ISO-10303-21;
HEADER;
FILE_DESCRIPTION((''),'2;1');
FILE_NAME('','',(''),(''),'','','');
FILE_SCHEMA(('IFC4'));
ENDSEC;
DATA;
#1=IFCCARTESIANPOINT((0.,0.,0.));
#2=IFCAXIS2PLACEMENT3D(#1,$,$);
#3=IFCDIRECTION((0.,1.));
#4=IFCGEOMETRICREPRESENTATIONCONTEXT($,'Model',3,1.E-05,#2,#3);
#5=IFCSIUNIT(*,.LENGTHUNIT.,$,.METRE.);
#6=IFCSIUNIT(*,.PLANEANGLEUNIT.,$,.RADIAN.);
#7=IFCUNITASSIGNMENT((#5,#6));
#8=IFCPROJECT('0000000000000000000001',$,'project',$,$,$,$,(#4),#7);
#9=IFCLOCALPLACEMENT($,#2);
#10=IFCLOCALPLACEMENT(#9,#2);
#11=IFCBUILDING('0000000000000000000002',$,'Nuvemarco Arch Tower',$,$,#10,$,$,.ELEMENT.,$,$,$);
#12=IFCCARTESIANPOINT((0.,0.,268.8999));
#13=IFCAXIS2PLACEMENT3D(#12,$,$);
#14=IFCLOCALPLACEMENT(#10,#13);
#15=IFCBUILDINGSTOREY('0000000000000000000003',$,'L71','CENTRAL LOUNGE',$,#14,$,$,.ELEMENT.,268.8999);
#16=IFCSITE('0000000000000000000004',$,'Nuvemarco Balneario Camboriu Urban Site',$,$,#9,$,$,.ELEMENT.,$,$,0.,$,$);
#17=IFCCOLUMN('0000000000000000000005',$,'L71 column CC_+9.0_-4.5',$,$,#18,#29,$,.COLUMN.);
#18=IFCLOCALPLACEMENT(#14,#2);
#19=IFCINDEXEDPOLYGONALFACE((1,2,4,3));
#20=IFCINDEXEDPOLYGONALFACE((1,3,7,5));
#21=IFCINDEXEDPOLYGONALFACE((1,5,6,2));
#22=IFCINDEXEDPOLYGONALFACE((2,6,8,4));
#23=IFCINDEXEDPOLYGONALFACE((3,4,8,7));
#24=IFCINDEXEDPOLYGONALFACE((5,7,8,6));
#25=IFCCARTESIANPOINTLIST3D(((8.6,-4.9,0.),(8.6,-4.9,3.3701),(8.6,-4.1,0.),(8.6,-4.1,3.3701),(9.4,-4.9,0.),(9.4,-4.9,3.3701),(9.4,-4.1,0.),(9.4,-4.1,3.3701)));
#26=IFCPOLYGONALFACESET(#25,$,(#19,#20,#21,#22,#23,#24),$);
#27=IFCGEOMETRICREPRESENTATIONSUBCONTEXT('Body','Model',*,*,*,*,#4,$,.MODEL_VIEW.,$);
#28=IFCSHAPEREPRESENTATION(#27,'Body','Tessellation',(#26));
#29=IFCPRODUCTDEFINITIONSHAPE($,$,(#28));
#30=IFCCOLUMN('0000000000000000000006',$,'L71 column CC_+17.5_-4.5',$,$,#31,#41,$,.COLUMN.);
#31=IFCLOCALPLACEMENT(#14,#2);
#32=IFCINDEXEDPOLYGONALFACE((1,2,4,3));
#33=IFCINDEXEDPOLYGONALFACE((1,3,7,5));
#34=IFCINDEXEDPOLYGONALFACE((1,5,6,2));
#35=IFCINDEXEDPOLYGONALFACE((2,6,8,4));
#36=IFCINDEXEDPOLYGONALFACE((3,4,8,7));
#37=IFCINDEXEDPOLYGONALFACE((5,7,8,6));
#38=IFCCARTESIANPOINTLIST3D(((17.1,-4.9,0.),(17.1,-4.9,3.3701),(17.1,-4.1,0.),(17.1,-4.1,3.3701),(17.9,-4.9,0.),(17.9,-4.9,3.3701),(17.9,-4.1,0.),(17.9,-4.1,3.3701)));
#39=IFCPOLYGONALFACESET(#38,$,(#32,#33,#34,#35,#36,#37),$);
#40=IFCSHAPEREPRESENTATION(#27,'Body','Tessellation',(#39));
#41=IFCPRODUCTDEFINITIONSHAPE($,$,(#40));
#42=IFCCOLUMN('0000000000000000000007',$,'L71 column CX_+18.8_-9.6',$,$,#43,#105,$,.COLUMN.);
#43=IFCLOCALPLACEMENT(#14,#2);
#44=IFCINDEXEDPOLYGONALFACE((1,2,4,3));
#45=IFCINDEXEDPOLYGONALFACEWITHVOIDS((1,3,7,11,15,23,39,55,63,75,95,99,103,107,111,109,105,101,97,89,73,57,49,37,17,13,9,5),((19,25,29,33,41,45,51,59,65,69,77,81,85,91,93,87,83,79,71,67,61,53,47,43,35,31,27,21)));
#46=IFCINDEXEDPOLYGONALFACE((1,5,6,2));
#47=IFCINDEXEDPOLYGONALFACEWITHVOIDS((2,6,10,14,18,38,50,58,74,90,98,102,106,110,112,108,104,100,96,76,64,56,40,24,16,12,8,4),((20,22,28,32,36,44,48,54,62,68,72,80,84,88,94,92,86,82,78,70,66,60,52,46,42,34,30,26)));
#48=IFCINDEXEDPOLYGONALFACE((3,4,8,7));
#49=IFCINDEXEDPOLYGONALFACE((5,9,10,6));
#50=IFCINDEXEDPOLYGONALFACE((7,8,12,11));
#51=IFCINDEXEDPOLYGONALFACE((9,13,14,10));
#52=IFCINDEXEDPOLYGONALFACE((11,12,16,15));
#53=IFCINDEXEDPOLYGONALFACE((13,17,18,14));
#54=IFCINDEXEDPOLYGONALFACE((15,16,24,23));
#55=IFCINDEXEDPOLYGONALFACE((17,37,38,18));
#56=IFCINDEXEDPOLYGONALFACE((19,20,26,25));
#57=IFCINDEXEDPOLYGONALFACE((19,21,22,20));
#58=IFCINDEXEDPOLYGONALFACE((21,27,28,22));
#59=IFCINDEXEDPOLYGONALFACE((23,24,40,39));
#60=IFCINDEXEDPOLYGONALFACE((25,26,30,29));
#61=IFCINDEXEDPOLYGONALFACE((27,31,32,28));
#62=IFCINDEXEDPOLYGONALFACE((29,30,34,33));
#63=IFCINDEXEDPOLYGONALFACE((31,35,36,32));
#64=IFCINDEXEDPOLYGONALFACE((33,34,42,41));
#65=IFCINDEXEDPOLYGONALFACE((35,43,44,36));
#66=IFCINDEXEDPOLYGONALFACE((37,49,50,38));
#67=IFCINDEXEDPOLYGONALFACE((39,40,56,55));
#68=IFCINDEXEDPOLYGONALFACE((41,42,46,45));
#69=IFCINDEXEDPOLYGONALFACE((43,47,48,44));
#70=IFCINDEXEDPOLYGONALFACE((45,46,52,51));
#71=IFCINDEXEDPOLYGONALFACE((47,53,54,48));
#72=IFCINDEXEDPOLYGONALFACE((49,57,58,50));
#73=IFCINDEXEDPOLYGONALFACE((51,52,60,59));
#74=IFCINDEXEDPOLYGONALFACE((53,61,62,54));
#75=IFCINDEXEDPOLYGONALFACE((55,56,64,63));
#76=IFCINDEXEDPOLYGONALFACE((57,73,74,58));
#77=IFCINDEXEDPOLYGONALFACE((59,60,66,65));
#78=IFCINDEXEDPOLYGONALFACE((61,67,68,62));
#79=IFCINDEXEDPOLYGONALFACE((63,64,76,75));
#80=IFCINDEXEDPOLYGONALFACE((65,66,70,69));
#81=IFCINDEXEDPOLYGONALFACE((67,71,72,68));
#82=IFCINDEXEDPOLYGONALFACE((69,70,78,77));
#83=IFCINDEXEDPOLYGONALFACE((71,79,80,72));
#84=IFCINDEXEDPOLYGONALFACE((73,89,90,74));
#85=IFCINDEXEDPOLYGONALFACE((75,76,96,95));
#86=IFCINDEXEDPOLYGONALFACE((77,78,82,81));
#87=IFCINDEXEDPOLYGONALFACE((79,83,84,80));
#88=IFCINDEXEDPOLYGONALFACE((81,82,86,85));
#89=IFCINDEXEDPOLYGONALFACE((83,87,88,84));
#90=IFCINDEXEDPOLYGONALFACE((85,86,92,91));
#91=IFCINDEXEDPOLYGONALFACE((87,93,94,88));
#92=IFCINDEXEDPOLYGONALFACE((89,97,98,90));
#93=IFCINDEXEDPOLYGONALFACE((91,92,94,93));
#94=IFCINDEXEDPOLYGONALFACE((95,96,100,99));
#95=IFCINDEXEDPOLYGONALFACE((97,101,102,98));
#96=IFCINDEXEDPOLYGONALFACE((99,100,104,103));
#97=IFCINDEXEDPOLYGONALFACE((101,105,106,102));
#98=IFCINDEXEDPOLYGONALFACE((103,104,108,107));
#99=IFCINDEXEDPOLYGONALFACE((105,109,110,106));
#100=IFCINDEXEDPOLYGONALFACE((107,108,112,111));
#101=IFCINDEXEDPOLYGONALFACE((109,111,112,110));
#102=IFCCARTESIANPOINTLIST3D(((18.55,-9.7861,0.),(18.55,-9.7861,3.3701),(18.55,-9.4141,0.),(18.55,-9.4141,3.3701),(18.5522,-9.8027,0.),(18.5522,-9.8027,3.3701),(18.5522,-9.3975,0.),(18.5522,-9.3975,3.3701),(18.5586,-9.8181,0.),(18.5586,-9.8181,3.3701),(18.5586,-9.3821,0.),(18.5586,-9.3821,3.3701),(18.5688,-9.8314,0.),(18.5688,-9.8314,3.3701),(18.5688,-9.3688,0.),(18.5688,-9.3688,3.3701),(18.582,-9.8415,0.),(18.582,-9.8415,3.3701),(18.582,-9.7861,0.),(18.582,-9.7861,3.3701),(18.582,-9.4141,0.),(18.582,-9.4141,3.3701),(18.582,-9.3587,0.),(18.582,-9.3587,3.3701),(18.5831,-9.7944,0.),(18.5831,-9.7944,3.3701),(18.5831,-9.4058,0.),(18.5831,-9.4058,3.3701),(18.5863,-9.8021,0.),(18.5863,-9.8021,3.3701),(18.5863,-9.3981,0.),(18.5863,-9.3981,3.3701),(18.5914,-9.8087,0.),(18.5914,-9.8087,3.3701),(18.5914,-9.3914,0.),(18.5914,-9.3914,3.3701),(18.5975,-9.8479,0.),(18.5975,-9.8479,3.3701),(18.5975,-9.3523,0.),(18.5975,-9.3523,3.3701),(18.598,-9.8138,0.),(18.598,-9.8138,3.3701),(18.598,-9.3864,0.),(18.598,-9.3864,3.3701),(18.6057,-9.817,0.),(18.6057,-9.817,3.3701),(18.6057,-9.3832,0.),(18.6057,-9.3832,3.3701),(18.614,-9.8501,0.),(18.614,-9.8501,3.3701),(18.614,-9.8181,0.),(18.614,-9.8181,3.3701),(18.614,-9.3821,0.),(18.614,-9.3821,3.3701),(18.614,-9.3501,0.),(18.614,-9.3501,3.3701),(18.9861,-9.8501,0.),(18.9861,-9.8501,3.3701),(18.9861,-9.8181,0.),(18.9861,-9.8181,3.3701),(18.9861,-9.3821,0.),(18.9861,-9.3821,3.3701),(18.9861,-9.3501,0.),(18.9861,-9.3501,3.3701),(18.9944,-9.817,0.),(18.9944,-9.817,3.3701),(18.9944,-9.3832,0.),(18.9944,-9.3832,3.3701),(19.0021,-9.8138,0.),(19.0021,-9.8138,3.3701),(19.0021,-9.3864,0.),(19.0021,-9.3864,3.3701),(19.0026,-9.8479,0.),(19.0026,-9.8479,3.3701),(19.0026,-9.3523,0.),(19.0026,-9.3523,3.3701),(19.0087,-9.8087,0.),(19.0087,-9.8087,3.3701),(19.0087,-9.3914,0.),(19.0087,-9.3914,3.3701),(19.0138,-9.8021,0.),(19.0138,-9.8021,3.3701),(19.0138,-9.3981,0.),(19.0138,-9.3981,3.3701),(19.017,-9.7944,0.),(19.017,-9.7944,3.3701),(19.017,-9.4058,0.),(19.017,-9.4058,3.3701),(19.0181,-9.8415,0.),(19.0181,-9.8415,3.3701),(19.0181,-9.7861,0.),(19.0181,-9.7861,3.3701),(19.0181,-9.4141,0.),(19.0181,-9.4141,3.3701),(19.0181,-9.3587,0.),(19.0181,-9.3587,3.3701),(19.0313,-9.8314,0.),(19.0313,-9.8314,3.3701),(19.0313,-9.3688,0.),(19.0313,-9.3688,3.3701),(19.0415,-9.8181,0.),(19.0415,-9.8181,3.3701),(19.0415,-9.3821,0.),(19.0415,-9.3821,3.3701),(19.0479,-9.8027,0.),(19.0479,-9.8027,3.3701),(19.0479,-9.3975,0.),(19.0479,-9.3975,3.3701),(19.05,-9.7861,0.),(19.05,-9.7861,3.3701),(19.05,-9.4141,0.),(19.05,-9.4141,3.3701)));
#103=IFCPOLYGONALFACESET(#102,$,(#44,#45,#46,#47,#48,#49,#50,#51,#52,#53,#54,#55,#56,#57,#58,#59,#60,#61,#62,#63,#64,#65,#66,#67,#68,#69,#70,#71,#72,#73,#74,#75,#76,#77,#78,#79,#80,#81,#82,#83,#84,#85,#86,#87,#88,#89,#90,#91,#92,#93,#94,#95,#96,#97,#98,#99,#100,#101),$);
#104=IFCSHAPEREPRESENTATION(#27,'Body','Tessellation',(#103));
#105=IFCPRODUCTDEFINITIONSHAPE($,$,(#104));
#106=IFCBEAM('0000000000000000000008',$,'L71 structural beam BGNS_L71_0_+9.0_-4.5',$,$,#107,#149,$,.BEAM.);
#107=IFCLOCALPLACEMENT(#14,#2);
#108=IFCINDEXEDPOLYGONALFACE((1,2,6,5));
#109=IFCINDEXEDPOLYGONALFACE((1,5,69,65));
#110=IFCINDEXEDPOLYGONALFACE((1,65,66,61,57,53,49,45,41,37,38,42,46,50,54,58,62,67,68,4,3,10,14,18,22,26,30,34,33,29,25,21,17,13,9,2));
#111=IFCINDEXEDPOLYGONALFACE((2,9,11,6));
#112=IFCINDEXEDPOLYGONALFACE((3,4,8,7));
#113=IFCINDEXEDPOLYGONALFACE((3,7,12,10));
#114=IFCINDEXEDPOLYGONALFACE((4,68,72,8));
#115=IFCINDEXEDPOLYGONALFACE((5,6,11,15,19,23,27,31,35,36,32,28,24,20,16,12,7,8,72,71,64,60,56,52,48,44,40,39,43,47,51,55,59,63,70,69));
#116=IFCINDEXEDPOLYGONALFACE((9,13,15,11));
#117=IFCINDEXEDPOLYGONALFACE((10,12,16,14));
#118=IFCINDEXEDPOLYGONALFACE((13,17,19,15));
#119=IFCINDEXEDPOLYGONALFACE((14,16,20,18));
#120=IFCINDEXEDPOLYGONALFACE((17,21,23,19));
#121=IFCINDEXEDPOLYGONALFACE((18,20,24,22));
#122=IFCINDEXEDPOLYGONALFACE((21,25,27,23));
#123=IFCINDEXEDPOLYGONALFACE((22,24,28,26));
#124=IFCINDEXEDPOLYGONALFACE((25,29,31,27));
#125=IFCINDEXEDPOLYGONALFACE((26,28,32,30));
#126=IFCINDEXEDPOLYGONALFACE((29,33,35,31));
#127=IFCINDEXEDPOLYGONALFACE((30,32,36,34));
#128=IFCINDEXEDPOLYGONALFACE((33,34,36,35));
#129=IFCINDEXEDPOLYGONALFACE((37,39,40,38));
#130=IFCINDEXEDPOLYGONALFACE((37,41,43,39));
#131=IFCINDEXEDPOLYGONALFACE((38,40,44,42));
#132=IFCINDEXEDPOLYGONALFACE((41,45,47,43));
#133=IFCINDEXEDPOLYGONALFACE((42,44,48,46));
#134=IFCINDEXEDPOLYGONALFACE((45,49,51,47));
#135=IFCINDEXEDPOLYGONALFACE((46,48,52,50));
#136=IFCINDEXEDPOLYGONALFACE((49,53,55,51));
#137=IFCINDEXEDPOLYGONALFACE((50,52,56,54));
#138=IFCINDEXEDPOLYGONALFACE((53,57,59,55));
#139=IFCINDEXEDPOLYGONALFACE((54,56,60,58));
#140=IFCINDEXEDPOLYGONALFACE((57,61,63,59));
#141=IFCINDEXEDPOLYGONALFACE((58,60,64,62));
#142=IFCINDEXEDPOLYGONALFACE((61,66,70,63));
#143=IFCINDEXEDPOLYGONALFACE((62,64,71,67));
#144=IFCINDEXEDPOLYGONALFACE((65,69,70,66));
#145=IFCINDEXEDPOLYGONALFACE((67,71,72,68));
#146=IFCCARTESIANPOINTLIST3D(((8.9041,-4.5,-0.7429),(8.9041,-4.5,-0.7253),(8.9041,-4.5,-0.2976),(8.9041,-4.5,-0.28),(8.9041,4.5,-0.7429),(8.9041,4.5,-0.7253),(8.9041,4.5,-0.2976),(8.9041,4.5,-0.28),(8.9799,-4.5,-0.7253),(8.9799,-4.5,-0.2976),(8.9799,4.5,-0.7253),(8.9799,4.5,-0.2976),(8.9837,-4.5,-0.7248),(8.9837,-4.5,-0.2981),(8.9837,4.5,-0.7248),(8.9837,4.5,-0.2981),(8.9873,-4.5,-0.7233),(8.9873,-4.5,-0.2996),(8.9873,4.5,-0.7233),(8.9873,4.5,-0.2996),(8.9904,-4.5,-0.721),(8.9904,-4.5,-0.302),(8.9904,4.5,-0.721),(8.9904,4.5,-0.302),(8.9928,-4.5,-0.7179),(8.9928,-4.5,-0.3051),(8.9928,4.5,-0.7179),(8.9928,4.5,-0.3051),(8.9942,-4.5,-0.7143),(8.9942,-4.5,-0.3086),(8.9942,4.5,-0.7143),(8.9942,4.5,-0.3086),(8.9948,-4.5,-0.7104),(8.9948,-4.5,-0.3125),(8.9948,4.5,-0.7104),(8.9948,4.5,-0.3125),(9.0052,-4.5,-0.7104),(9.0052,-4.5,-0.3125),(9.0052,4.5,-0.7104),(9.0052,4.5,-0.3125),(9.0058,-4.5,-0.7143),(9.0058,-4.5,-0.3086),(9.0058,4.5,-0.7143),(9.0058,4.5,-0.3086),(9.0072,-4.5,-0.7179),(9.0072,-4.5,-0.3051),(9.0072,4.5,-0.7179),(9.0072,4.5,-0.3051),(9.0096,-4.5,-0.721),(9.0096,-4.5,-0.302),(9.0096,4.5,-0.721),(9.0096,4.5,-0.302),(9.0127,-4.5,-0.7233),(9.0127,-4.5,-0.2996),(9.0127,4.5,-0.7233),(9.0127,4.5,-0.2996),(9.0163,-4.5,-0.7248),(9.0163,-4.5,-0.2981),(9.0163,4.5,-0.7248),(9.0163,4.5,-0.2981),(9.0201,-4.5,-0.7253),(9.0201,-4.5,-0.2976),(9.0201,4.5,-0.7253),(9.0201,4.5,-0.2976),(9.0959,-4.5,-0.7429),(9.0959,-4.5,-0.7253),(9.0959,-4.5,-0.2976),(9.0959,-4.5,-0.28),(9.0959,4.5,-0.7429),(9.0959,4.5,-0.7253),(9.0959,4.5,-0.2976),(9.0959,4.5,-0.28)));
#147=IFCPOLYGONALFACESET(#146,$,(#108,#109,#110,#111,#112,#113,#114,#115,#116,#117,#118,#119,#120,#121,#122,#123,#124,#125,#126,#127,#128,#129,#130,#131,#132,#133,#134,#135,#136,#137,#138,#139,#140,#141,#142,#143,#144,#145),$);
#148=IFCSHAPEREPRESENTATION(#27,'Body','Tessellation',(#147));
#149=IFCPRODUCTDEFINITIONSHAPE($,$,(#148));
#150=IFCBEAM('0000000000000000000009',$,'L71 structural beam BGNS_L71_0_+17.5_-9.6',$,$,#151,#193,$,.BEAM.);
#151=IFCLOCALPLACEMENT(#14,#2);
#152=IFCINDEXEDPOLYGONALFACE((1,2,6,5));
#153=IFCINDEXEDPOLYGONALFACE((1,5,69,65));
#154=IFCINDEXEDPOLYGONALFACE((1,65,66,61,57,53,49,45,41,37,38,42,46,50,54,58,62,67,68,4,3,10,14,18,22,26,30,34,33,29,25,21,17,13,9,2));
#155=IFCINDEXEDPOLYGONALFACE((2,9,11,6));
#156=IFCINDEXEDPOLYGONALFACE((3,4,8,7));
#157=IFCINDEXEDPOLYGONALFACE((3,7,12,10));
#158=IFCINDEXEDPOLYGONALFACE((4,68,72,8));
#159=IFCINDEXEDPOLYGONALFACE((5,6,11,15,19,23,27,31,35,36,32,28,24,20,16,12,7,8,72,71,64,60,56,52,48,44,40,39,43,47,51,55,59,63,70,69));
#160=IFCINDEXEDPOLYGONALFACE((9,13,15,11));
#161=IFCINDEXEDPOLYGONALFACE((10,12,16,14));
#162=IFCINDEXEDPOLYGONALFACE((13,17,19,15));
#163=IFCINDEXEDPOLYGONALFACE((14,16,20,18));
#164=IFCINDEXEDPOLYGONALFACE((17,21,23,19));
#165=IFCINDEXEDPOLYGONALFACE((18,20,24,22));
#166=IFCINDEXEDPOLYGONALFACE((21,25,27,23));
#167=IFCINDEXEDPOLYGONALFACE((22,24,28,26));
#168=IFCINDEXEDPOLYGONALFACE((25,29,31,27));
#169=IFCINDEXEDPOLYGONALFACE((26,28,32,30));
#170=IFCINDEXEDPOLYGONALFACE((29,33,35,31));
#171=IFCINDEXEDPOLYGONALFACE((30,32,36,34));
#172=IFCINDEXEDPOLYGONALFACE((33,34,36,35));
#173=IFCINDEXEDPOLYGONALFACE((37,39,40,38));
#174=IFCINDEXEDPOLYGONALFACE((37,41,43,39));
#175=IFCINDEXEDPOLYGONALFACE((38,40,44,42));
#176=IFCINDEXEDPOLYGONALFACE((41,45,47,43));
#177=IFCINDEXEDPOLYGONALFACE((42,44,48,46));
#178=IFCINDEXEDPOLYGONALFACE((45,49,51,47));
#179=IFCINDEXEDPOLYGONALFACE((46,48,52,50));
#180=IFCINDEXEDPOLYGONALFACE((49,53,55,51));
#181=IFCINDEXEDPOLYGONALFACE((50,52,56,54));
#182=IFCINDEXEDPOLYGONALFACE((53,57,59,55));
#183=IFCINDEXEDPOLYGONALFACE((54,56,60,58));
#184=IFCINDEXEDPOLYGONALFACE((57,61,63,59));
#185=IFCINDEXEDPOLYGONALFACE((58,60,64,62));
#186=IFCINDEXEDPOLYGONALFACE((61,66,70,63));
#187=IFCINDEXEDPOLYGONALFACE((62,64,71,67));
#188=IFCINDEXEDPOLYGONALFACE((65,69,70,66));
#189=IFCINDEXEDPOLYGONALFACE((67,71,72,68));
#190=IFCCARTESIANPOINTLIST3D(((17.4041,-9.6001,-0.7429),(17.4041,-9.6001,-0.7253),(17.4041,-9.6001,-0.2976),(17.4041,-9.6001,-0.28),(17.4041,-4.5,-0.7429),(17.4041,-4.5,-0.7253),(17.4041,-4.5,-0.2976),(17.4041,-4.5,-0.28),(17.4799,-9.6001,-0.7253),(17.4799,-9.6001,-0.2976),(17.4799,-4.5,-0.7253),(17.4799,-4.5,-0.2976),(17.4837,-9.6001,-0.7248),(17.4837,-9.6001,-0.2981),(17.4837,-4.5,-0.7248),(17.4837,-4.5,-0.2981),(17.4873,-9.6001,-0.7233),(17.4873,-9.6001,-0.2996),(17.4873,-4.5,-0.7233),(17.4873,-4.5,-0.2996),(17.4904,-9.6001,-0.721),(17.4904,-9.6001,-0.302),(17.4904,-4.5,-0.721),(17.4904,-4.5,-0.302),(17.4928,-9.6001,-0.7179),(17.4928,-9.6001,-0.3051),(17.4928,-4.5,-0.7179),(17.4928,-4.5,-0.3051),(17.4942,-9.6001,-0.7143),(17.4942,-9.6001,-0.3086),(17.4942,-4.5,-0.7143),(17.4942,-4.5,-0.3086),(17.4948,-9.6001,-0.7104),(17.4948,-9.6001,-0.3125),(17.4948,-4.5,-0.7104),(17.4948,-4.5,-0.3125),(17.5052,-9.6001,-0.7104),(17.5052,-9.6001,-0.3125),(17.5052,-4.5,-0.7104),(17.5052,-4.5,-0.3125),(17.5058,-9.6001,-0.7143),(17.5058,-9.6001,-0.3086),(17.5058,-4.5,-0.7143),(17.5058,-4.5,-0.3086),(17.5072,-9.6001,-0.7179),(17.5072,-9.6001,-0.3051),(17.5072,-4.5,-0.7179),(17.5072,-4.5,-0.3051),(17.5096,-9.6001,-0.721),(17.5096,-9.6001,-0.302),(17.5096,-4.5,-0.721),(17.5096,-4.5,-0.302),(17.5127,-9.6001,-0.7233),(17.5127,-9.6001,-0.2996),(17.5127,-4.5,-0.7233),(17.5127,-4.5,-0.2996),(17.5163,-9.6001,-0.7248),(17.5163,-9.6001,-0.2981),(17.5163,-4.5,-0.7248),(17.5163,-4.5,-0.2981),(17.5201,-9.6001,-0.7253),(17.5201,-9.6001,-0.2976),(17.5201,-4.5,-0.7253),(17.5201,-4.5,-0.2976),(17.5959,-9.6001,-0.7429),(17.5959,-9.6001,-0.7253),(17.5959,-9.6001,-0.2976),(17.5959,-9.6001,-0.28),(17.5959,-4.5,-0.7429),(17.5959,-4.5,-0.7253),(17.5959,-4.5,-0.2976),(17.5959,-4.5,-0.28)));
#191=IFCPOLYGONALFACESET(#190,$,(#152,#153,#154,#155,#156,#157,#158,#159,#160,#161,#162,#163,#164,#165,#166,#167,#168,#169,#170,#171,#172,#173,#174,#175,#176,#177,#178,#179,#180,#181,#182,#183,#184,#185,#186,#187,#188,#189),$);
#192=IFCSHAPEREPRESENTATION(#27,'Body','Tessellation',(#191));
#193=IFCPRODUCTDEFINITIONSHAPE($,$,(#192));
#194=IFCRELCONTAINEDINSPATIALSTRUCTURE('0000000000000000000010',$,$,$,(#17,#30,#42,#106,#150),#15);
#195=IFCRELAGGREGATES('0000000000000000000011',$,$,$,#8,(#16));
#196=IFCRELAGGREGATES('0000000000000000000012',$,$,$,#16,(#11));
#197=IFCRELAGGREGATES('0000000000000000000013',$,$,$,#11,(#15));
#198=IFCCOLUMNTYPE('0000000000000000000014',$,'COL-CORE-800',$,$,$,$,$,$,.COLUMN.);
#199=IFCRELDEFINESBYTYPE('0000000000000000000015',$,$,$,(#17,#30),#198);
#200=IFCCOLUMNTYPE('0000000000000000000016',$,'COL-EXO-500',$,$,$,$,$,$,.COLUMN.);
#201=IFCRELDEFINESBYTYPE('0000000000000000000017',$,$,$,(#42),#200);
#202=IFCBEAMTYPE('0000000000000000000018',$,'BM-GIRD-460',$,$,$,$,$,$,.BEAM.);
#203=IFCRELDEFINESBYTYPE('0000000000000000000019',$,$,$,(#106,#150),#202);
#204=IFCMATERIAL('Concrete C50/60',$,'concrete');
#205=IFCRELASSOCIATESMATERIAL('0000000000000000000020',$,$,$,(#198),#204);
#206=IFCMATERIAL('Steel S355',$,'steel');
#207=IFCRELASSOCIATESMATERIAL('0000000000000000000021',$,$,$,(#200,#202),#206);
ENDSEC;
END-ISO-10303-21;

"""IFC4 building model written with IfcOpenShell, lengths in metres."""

from ifc_helpers import new_model, si_unit, direction, frame, origin, origin_2d, place, context, subcontext, project, spatial, rectangle, hollow_rectangle, i_section, extrude, material, material_profile, profile_set, type_object, element, save


model = new_model("IFC4")

# Units and contexts
model_context = context("Model", 3, precision=1e-05, world=origin(), true_north=direction((0.0, 1.0)))
body_context = subcontext(model_context, "Body", "Model", "MODEL_VIEW")
ifc_project = project(units=[si_unit("LENGTHUNIT", "METRE"), si_unit("PLANEANGLEUNIT", "RADIAN")], contexts=[model_context])

# Site, building, storey
site_placement = place(None, origin())
site = spatial("IfcSite", under=ifc_project, at=site_placement, Name="Nuvemarco Balneario Camboriu Urban Site", CompositionType="ELEMENT", RefElevation=0.0)
building_placement = place(site_placement, origin())
building = spatial("IfcBuilding", under=site, at=building_placement, Name="Nuvemarco Arch Tower", CompositionType="ELEMENT")
storey_placement = place(building_placement, frame((0.0, 0.0, 268.8999)))
storey = spatial("IfcBuildingStorey", under=building, at=storey_placement, Name="L71", Description="CENTRAL LOUNGE", CompositionType="ELEMENT", Elevation=268.8999)

# Columns
ifc_material_1 = material(Name="Concrete C50/60", Category="concrete")
ifc_material_profile_1 = material_profile(ifc_material_1, rectangle(XDim=0.8, YDim=0.8, at=origin_2d()), Name="RC-COL-800x800")
ifc_profile_set_1 = profile_set([ifc_material_profile_1], Name="Concrete C50/60")
column_type_1 = type_object("IfcColumnType", Name="COL-CORE-800", PredefinedType="COLUMN", material=ifc_profile_set_1)
for number, where, z_axis, x_axis, name in (
    (1, (9.0, -4.5, 0.0), (0.0, 0.0, 1.0), (1.0, 0.0, 0.0), "L71 column CC_+9.0_-4.5"),
    (2, (17.5, -4.5, 0.0), (0.0, 0.0, 1.0), (1.0, 0.0, 0.0), "L71 column CC_+17.5_-4.5"),
):
    element("IfcColumn", number, at=place(storey_placement, frame(where, z_axis=z_axis, x_axis=x_axis)), inside=storey, type_object=column_type_1, Name=name, PredefinedType="COLUMN", context=body_context, shape_type="SweptSolid", body=[
        extrude(rectangle(XDim=0.8, YDim=0.8, at=origin_2d()), origin(), (0.0, 0.0, 1.0), 3.3701),
    ])
ifc_material_2 = material(Name="Steel S355", Category="steel")
ifc_material_profile_2 = material_profile(ifc_material_2, hollow_rectangle(XDim=0.5, YDim=0.5, WallThickness=0.032, InnerFilletRadius=0.032, OuterFilletRadius=0.064, at=origin_2d()), Name="SHS500x500x32")
ifc_profile_set_2 = profile_set([ifc_material_profile_2], Name="Steel S355")
column_type_2 = type_object("IfcColumnType", Name="COL-EXO-500", PredefinedType="COLUMN", material=ifc_profile_set_2)
column_placement = place(storey_placement, frame((18.8, -9.6001, 0.0), z_axis=(0.0, 0.0, 1.0), x_axis=(1.0, 0.0, 0.0)))
element("IfcColumn", 3, at=column_placement, inside=storey, type_object=column_type_2, Name="L71 column CX_+18.8_-9.6", PredefinedType="COLUMN", context=body_context, shape_type="SweptSolid", body=[
    extrude(hollow_rectangle(XDim=0.5, YDim=0.5, WallThickness=0.032, InnerFilletRadius=0.032, OuterFilletRadius=0.064, at=origin_2d()), origin(), (0.0, 0.0, 1.0), 3.3701),
])

# Beams
ifc_material_profile_3 = material_profile(ifc_material_2, i_section(OverallWidth=0.1919, OverallDepth=0.4629, WebThickness=0.0105, FlangeThickness=0.0176, FilletRadius=0.0149, at=origin_2d()), Name="W460x89")
ifc_profile_set_3 = profile_set([ifc_material_profile_3], Name="Steel S355")
beam_type_1 = type_object("IfcBeamType", Name="BM-GIRD-460", PredefinedType="BEAM", material=ifc_profile_set_3)
beam_1_placement = place(storey_placement, frame((9.0, -4.5, -0.5115), z_axis=(0.0, 1.0, 0.0), x_axis=(-1.0, 0.0, 0.0)))
element("IfcBeam", 4, at=beam_1_placement, inside=storey, type_object=beam_type_1, Name="L71 structural beam BGNS_L71_0_+9.0_-4.5", PredefinedType="BEAM", context=body_context, shape_type="SweptSolid", body=[
    extrude(i_section(OverallWidth=0.1919, OverallDepth=0.4629, WebThickness=0.0105, FlangeThickness=0.0176, FilletRadius=0.0149, at=origin_2d()), origin(), (0.0, 0.0, 1.0), 9.0),
])
beam_2_placement = place(storey_placement, frame((17.5, -9.6001, -0.5115), z_axis=(0.0, 1.0, 0.0), x_axis=(-1.0, 0.0, 0.0)))
element("IfcBeam", 5, at=beam_2_placement, inside=storey, type_object=beam_type_1, Name="L71 structural beam BGNS_L71_0_+17.5_-9.6", PredefinedType="BEAM", context=body_context, shape_type="SweptSolid", body=[
    extrude(i_section(OverallWidth=0.1919, OverallDepth=0.4629, WebThickness=0.0105, FlangeThickness=0.0176, FilletRadius=0.0149, at=origin_2d()), origin(), (0.0, 0.0, 1.0), 5.1001),
])

save(model, "model.ifc")
